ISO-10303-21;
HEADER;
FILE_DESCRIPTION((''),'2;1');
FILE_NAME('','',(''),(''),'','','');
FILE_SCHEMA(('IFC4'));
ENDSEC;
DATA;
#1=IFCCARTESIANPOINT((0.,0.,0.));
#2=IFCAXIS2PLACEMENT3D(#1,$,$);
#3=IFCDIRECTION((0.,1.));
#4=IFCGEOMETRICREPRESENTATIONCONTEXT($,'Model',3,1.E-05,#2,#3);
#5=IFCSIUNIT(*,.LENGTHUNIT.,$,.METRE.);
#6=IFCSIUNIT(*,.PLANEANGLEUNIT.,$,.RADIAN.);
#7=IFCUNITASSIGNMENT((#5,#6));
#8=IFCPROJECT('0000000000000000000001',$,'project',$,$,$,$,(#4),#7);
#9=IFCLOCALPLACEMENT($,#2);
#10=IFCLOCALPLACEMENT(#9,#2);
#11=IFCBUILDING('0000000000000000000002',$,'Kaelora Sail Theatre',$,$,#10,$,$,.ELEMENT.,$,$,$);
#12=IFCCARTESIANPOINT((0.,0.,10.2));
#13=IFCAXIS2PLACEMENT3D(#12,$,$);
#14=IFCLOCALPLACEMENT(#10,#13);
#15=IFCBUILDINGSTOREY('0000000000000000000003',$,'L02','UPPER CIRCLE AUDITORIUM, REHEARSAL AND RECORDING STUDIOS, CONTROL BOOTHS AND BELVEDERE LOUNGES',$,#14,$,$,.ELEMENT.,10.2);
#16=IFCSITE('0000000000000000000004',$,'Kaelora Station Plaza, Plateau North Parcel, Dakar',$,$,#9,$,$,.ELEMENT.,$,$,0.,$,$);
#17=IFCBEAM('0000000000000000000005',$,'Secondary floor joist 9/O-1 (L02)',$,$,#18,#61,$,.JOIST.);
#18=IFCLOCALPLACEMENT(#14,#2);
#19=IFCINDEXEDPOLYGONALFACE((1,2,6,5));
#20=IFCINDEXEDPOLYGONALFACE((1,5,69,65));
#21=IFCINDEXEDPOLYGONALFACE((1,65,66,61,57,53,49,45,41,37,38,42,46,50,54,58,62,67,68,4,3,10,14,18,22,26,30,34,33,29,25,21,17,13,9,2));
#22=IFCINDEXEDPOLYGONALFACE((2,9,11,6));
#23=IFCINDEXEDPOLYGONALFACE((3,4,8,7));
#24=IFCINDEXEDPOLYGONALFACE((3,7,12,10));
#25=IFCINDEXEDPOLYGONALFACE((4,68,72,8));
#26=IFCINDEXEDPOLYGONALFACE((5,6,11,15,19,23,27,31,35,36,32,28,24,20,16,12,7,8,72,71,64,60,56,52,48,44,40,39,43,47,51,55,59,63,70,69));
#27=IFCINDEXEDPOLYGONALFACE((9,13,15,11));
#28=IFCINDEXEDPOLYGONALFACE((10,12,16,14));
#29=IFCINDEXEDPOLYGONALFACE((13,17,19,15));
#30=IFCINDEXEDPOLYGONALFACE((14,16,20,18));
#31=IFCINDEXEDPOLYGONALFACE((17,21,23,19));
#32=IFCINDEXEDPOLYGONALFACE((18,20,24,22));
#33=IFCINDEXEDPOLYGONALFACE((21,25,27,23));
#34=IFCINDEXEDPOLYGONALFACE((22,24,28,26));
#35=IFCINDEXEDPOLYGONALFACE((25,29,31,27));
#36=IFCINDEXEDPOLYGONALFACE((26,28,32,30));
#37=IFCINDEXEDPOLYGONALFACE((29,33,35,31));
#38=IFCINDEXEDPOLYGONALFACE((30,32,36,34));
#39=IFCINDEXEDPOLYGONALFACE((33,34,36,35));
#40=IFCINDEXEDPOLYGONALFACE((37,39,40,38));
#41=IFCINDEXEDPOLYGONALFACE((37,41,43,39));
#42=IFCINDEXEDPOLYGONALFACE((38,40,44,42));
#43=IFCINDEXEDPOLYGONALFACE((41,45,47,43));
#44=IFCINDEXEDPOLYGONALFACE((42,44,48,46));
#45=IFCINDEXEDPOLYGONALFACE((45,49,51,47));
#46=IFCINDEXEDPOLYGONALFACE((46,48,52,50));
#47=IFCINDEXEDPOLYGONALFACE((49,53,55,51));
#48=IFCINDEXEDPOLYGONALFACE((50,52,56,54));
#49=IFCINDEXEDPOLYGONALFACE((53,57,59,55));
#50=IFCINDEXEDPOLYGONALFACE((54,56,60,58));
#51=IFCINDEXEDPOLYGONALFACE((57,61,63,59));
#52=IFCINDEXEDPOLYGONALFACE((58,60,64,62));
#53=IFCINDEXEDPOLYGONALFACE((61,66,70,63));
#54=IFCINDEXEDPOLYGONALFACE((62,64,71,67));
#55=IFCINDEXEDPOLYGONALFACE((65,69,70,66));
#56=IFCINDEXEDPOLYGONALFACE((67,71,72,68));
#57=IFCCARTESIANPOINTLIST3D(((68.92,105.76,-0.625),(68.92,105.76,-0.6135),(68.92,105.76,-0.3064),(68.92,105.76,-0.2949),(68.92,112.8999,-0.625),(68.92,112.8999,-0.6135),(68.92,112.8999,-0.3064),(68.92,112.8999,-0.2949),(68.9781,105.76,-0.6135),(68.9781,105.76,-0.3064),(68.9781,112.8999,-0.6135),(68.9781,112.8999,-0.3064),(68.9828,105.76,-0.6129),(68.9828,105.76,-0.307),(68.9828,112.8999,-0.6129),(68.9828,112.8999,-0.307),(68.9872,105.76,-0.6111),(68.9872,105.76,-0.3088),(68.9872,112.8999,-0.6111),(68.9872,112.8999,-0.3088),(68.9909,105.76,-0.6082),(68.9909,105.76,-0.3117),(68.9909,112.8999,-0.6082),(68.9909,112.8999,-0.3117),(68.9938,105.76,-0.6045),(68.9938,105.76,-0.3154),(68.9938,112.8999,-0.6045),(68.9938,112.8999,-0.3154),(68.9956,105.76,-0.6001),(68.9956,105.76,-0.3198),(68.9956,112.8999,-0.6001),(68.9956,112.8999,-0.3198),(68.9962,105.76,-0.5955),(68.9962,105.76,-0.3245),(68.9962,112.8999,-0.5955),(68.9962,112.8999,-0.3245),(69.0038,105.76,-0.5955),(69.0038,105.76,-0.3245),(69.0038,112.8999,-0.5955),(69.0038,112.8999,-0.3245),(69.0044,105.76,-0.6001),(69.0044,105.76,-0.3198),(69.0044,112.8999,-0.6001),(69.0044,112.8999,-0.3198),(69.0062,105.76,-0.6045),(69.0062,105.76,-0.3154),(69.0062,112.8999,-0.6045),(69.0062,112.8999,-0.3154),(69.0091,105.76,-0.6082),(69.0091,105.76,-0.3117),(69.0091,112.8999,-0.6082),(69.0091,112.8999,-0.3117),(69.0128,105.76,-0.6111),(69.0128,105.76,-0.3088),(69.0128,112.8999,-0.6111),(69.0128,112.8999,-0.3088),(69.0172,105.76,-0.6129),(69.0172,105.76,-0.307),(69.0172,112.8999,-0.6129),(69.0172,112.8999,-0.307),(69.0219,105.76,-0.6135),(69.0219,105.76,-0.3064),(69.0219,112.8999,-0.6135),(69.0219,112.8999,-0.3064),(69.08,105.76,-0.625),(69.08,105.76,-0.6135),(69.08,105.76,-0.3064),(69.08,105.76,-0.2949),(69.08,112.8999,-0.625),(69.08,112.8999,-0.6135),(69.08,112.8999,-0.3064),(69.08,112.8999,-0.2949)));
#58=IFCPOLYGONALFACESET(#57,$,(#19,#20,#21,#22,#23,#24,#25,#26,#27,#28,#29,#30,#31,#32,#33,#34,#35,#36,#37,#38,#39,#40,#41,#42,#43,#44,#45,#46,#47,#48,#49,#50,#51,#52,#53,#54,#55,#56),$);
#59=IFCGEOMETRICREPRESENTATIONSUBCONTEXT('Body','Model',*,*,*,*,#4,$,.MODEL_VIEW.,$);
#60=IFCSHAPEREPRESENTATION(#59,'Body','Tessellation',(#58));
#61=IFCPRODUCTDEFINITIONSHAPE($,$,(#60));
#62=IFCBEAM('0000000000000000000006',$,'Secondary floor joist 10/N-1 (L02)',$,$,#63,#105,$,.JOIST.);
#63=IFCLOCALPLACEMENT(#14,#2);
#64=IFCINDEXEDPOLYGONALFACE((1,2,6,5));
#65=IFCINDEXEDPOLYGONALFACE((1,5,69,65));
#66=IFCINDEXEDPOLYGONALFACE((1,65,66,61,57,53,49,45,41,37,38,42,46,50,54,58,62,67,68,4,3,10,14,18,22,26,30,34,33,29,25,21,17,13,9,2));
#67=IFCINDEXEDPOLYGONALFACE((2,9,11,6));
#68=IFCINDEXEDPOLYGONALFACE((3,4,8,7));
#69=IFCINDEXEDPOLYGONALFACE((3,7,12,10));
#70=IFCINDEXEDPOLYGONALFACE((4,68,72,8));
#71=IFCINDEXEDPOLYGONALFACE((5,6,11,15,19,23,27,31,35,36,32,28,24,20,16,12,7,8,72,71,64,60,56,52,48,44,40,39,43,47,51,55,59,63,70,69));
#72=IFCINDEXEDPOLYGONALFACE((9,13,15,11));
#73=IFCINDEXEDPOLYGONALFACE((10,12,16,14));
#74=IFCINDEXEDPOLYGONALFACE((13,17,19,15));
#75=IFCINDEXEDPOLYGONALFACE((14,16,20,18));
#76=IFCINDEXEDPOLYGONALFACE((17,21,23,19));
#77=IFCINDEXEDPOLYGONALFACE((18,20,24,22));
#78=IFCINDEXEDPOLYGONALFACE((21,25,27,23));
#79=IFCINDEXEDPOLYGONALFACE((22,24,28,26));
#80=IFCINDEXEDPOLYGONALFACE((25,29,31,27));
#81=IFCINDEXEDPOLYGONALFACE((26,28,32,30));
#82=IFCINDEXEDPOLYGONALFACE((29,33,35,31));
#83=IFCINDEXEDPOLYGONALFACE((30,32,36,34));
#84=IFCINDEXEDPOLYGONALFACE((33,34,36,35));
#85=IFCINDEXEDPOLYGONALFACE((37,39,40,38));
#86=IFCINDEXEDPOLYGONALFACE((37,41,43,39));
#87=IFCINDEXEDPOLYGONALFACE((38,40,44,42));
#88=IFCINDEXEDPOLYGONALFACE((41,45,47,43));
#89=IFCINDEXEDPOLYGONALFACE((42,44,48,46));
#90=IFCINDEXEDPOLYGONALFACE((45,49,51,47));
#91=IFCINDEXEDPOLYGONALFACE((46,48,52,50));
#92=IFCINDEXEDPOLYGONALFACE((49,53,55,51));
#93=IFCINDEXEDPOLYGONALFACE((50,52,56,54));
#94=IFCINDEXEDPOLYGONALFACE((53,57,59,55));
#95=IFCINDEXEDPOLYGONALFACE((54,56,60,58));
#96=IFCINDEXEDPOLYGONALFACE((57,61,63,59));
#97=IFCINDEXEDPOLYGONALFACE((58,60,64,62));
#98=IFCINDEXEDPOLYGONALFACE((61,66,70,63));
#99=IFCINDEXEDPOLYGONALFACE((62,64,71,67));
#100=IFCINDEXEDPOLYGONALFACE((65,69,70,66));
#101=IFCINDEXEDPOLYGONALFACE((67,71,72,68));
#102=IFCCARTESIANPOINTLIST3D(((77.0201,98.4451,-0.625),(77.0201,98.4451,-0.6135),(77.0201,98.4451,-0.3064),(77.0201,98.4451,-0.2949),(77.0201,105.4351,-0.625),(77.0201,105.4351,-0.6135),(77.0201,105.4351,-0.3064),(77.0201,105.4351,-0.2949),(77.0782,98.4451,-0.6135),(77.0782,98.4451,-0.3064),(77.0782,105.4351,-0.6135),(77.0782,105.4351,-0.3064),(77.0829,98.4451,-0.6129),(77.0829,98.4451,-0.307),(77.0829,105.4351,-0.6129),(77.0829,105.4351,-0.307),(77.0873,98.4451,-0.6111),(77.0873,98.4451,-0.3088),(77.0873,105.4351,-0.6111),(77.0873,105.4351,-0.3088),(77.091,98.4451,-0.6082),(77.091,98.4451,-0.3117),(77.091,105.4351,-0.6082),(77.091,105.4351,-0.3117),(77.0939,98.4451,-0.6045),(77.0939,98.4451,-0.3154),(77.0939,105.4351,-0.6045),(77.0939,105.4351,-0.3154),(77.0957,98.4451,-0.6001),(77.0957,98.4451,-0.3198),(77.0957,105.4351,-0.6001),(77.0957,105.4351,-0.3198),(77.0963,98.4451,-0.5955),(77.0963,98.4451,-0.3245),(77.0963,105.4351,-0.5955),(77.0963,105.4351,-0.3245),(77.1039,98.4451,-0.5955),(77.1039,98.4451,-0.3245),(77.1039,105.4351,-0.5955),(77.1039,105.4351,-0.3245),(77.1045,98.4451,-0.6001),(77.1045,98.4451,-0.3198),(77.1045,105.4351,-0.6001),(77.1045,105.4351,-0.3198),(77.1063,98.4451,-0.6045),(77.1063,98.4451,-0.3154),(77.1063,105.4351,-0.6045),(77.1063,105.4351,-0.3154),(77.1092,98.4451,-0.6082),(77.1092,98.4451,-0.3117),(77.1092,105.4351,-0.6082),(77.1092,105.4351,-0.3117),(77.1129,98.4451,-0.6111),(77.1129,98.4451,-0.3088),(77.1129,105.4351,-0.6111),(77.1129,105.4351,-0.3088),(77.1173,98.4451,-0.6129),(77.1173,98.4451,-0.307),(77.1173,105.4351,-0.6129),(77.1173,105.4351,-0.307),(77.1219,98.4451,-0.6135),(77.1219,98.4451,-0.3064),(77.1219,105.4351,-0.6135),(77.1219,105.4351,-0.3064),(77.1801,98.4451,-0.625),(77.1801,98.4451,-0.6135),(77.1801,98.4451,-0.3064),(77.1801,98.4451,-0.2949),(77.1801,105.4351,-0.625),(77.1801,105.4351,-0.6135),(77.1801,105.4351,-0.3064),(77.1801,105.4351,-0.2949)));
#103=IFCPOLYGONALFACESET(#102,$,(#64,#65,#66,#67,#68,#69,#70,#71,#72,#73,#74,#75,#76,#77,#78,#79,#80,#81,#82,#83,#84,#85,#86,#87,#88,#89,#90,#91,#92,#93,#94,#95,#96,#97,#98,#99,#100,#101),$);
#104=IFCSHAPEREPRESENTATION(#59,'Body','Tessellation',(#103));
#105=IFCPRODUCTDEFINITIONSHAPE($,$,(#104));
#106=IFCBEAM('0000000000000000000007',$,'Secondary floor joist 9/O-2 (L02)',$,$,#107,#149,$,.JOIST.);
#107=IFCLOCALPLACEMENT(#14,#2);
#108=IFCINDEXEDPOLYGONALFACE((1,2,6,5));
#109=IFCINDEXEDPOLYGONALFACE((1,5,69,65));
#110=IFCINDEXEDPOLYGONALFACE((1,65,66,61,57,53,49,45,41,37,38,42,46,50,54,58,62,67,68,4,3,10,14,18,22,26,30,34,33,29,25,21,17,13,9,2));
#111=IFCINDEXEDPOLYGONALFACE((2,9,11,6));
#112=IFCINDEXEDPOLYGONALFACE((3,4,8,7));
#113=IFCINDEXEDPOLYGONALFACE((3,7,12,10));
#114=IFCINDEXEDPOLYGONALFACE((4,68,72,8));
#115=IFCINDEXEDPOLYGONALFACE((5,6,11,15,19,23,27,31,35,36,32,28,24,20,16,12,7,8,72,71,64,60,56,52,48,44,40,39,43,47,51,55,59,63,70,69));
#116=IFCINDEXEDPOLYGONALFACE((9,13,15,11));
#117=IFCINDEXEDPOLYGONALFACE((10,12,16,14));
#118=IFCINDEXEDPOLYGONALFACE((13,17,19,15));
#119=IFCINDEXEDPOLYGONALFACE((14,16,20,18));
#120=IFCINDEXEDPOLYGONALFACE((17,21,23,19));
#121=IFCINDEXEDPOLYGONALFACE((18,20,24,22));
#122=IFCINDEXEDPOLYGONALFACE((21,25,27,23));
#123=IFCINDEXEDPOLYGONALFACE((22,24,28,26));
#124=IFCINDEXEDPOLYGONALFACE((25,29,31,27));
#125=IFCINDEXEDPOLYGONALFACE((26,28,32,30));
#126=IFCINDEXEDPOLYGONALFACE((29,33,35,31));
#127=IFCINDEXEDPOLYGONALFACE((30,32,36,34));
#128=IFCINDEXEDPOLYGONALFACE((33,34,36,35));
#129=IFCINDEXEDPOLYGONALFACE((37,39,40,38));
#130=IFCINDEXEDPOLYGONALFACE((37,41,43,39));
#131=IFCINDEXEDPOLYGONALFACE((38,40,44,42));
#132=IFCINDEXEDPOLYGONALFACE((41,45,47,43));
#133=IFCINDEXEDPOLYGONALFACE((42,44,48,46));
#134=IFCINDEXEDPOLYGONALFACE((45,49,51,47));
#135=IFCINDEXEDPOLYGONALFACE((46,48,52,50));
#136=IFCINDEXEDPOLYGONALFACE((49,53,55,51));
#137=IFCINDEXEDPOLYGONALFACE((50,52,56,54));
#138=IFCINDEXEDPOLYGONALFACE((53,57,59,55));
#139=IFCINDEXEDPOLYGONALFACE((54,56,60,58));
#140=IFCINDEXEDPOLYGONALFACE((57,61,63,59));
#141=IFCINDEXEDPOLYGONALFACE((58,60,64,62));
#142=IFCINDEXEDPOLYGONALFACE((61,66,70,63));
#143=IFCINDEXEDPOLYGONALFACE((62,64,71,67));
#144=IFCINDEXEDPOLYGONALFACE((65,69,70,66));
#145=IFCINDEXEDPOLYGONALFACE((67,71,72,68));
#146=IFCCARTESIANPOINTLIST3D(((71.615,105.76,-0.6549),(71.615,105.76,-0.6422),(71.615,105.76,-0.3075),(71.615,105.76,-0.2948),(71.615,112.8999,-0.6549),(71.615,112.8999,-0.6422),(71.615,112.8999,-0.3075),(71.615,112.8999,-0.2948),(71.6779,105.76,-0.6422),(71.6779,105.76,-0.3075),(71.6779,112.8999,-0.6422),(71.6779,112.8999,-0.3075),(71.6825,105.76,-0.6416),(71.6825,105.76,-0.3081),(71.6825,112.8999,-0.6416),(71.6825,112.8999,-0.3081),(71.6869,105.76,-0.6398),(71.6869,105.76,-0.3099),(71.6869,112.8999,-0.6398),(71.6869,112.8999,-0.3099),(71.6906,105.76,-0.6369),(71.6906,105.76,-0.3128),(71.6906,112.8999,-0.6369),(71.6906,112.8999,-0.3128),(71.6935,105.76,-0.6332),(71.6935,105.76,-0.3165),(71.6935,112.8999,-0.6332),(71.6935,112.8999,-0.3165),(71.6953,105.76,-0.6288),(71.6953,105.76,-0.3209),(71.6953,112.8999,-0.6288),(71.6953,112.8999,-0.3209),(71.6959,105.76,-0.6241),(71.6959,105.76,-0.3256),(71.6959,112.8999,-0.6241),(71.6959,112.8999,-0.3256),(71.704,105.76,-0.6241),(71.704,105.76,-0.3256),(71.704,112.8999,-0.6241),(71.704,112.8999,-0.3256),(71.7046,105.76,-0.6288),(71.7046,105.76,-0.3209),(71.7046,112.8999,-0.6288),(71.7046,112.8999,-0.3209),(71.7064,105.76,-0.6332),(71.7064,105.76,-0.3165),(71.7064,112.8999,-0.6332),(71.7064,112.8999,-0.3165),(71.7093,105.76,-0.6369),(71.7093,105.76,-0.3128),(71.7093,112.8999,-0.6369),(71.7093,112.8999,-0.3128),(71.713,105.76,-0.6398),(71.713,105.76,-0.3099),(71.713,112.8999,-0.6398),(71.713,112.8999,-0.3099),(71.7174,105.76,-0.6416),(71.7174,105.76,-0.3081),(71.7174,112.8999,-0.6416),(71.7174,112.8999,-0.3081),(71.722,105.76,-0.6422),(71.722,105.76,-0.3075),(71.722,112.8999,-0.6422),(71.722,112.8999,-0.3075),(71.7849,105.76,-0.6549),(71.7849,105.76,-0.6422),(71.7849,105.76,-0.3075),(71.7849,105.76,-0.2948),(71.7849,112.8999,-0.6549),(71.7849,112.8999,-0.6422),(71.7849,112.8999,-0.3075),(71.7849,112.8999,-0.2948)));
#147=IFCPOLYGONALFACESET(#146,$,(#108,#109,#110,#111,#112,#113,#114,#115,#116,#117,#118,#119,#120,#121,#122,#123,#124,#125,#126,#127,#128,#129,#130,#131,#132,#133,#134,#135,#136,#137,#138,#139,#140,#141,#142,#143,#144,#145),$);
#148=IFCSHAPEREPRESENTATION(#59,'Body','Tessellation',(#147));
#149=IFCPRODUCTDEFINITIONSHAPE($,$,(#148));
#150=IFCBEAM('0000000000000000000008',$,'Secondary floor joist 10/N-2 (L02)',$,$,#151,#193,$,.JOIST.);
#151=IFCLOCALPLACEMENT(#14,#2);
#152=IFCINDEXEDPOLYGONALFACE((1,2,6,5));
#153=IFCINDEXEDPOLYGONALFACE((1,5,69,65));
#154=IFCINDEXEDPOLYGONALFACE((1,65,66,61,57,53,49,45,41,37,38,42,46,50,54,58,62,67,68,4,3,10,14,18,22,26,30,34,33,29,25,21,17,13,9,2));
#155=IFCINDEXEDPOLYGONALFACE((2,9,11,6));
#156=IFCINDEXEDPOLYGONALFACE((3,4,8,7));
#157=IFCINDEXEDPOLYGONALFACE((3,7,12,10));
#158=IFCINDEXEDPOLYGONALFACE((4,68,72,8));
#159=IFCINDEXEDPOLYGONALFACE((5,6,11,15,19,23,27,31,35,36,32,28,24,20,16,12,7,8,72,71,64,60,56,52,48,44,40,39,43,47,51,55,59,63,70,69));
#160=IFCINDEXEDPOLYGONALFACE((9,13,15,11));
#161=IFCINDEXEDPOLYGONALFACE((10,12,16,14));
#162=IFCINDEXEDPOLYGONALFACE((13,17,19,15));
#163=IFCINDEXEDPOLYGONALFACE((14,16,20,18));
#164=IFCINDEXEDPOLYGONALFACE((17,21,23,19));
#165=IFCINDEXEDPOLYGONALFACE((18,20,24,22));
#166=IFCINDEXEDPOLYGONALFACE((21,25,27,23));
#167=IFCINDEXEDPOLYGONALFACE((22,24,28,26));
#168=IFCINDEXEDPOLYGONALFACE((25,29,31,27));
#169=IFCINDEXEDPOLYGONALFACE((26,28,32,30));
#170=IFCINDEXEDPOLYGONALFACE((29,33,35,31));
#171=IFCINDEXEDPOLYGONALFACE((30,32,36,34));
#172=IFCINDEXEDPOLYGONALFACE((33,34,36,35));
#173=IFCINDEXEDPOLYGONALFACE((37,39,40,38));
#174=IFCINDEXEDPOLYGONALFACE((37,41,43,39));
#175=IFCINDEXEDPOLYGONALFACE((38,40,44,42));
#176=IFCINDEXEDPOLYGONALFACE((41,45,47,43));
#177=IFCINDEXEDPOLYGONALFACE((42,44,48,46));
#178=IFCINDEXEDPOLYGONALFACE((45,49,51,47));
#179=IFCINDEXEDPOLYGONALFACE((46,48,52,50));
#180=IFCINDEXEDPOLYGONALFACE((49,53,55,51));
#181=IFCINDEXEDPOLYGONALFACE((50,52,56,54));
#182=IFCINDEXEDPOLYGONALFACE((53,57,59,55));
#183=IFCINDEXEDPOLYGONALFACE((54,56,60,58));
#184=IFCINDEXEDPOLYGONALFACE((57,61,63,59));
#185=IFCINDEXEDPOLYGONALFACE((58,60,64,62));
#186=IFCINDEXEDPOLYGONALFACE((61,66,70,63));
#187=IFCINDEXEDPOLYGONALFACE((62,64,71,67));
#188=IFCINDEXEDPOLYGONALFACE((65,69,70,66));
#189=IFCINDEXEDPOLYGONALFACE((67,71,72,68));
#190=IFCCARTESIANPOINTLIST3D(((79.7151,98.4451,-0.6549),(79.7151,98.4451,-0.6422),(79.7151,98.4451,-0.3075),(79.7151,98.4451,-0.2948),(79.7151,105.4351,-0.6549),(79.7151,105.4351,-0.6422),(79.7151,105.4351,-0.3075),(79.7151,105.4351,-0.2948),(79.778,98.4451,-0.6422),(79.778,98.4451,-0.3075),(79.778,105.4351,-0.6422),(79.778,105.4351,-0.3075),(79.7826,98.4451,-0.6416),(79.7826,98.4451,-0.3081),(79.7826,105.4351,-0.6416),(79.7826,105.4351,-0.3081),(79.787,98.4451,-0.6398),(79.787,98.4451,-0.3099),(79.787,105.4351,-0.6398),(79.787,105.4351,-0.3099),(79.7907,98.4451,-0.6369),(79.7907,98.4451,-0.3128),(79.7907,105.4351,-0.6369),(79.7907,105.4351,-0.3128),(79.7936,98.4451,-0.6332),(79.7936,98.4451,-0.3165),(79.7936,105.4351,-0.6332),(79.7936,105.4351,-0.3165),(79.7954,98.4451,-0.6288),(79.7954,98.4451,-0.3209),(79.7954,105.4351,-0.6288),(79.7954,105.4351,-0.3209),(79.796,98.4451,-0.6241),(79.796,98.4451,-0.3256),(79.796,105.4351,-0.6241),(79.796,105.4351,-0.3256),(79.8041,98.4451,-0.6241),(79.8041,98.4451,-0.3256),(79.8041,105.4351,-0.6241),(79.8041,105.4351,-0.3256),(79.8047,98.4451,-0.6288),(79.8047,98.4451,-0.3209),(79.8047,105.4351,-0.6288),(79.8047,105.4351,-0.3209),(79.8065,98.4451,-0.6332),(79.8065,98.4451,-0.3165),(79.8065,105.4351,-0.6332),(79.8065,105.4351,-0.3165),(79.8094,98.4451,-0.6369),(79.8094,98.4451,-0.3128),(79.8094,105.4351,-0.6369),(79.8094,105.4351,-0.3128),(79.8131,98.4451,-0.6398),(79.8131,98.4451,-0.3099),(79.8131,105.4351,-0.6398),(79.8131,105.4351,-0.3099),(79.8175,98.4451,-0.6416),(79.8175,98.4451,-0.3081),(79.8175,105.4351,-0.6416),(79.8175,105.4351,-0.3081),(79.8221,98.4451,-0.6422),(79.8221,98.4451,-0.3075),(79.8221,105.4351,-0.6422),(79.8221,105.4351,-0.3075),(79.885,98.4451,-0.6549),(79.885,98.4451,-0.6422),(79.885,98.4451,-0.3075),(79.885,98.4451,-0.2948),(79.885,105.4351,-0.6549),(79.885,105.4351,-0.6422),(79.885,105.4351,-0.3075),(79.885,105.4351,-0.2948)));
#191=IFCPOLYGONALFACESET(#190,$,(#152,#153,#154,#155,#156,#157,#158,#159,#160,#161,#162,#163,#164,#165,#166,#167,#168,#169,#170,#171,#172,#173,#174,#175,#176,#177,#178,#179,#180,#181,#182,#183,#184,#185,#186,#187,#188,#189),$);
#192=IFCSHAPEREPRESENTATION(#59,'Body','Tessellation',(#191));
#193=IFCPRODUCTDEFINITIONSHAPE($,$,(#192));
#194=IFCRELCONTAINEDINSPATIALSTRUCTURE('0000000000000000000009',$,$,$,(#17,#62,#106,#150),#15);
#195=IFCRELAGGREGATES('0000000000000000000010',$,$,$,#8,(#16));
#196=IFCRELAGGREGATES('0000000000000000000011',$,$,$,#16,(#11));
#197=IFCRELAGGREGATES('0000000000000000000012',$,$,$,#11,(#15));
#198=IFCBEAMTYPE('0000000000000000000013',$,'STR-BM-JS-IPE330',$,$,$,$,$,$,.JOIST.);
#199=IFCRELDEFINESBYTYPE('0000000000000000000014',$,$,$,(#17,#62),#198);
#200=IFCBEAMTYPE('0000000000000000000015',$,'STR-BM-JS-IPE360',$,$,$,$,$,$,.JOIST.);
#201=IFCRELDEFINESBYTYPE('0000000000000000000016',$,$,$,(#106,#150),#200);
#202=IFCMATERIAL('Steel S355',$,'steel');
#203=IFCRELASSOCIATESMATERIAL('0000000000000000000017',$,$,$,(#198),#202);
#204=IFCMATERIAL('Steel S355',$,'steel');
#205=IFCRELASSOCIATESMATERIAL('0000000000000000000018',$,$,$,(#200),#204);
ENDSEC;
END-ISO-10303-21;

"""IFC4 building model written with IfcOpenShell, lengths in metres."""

from ifc_helpers import new_model, si_unit, direction, frame, origin, origin_2d, place, context, subcontext, project, spatial, i_section, extrude, material, material_profile, profile_set, type_object, element, save


model = new_model("IFC4")

# Units and contexts
model_context = context("Model", 3, precision=1e-05, world=origin(), true_north=direction((0.0, 1.0)))
body_context = subcontext(model_context, "Body", "Model", "MODEL_VIEW")
ifc_project = project(units=[si_unit("LENGTHUNIT", "METRE"), si_unit("PLANEANGLEUNIT", "RADIAN")], contexts=[model_context])

# Site, building, storey
site_placement = place(None, origin())
site = spatial("IfcSite", under=ifc_project, at=site_placement, Name="Kaelora Station Plaza, Plateau North Parcel, Dakar", CompositionType="ELEMENT", RefElevation=0.0)
building_placement = place(site_placement, origin())
building = spatial("IfcBuilding", under=site, at=building_placement, Name="Kaelora Sail Theatre", CompositionType="ELEMENT")
storey_placement = place(building_placement, frame((0.0, 0.0, 10.2)))
storey = spatial("IfcBuildingStorey", under=building, at=storey_placement, Name="L02", Description="UPPER CIRCLE AUDITORIUM, REHEARSAL AND RECORDING STUDIOS, CONTROL BOOTHS AND BELVEDERE LOUNGES", CompositionType="ELEMENT", Elevation=10.2)

# Beams
ifc_material_1 = material(Name="Steel S355", Category="steel")
ifc_material_profile_1 = material_profile(ifc_material_1, i_section(OverallWidth=0.1599, OverallDepth=0.3301, WebThickness=0.0076, FlangeThickness=0.0115, FilletRadius=0.0181, at=origin_2d()), Name="IPE 330")
ifc_profile_set_1 = profile_set([ifc_material_profile_1], Name="Steel S355")
beam_type_1 = type_object("IfcBeamType", Name="STR-BM-JS-IPE330", PredefinedType="JOIST", material=ifc_profile_set_1)
beam_1_placement = place(storey_placement, frame((69.0, 105.76, -0.46), z_axis=(0.0, 1.0, 0.0), x_axis=(-1.0, 0.0, 0.0)))
element("IfcBeam", 1, at=beam_1_placement, inside=storey, type_object=beam_type_1, Name="Secondary floor joist 9/O-1 (L02)", PredefinedType="JOIST", context=body_context, shape_type="SweptSolid", body=[
    extrude(i_section(OverallWidth=0.1599, OverallDepth=0.3301, WebThickness=0.0076, FlangeThickness=0.0115, FilletRadius=0.0181, at=origin_2d()), origin(), (0.0, 0.0, 1.0), 7.1399),
])
beam_2_placement = place(storey_placement, frame((77.1001, 98.4451, -0.46), z_axis=(0.0, 1.0, 0.0), x_axis=(-1.0, 0.0, 0.0)))
element("IfcBeam", 2, at=beam_2_placement, inside=storey, type_object=beam_type_1, Name="Secondary floor joist 10/N-1 (L02)", PredefinedType="JOIST", context=body_context, shape_type="SweptSolid", body=[
    extrude(i_section(OverallWidth=0.1599, OverallDepth=0.3301, WebThickness=0.0076, FlangeThickness=0.0115, FilletRadius=0.0181, at=origin_2d()), origin(), (0.0, 0.0, 1.0), 6.99),
])
ifc_material_2 = material(Name="Steel S355", Category="steel")
ifc_material_profile_2 = material_profile(ifc_material_2, i_section(OverallWidth=0.1699, OverallDepth=0.3601, WebThickness=0.0081, FlangeThickness=0.0127, FilletRadius=0.0181, at=origin_2d()), Name="IPE 360")
ifc_profile_set_2 = profile_set([ifc_material_profile_2], Name="Steel S355")
beam_type_2 = type_object("IfcBeamType", Name="STR-BM-JS-IPE360", PredefinedType="JOIST", material=ifc_profile_set_2)
beam_3_placement = place(storey_placement, frame((71.7, 105.76, -0.4749), z_axis=(0.0, 1.0, 0.0), x_axis=(-1.0, 0.0, 0.0)))
element("IfcBeam", 3, at=beam_3_placement, inside=storey, type_object=beam_type_2, Name="Secondary floor joist 9/O-2 (L02)", PredefinedType="JOIST", context=body_context, shape_type="SweptSolid", body=[
    extrude(i_section(OverallWidth=0.1699, OverallDepth=0.3601, WebThickness=0.0081, FlangeThickness=0.0127, FilletRadius=0.0181, at=origin_2d()), origin(), (0.0, 0.0, 1.0), 7.1399),
])
beam_4_placement = place(storey_placement, frame((79.8, 98.4451, -0.4749), z_axis=(0.0, 1.0, 0.0), x_axis=(-1.0, 0.0, 0.0)))
element("IfcBeam", 4, at=beam_4_placement, inside=storey, type_object=beam_type_2, Name="Secondary floor joist 10/N-2 (L02)", PredefinedType="JOIST", context=body_context, shape_type="SweptSolid", body=[
    extrude(i_section(OverallWidth=0.1699, OverallDepth=0.3601, WebThickness=0.0081, FlangeThickness=0.0127, FilletRadius=0.0181, at=origin_2d()), origin(), (0.0, 0.0, 1.0), 6.99),
])

save(model, "model.ifc")
